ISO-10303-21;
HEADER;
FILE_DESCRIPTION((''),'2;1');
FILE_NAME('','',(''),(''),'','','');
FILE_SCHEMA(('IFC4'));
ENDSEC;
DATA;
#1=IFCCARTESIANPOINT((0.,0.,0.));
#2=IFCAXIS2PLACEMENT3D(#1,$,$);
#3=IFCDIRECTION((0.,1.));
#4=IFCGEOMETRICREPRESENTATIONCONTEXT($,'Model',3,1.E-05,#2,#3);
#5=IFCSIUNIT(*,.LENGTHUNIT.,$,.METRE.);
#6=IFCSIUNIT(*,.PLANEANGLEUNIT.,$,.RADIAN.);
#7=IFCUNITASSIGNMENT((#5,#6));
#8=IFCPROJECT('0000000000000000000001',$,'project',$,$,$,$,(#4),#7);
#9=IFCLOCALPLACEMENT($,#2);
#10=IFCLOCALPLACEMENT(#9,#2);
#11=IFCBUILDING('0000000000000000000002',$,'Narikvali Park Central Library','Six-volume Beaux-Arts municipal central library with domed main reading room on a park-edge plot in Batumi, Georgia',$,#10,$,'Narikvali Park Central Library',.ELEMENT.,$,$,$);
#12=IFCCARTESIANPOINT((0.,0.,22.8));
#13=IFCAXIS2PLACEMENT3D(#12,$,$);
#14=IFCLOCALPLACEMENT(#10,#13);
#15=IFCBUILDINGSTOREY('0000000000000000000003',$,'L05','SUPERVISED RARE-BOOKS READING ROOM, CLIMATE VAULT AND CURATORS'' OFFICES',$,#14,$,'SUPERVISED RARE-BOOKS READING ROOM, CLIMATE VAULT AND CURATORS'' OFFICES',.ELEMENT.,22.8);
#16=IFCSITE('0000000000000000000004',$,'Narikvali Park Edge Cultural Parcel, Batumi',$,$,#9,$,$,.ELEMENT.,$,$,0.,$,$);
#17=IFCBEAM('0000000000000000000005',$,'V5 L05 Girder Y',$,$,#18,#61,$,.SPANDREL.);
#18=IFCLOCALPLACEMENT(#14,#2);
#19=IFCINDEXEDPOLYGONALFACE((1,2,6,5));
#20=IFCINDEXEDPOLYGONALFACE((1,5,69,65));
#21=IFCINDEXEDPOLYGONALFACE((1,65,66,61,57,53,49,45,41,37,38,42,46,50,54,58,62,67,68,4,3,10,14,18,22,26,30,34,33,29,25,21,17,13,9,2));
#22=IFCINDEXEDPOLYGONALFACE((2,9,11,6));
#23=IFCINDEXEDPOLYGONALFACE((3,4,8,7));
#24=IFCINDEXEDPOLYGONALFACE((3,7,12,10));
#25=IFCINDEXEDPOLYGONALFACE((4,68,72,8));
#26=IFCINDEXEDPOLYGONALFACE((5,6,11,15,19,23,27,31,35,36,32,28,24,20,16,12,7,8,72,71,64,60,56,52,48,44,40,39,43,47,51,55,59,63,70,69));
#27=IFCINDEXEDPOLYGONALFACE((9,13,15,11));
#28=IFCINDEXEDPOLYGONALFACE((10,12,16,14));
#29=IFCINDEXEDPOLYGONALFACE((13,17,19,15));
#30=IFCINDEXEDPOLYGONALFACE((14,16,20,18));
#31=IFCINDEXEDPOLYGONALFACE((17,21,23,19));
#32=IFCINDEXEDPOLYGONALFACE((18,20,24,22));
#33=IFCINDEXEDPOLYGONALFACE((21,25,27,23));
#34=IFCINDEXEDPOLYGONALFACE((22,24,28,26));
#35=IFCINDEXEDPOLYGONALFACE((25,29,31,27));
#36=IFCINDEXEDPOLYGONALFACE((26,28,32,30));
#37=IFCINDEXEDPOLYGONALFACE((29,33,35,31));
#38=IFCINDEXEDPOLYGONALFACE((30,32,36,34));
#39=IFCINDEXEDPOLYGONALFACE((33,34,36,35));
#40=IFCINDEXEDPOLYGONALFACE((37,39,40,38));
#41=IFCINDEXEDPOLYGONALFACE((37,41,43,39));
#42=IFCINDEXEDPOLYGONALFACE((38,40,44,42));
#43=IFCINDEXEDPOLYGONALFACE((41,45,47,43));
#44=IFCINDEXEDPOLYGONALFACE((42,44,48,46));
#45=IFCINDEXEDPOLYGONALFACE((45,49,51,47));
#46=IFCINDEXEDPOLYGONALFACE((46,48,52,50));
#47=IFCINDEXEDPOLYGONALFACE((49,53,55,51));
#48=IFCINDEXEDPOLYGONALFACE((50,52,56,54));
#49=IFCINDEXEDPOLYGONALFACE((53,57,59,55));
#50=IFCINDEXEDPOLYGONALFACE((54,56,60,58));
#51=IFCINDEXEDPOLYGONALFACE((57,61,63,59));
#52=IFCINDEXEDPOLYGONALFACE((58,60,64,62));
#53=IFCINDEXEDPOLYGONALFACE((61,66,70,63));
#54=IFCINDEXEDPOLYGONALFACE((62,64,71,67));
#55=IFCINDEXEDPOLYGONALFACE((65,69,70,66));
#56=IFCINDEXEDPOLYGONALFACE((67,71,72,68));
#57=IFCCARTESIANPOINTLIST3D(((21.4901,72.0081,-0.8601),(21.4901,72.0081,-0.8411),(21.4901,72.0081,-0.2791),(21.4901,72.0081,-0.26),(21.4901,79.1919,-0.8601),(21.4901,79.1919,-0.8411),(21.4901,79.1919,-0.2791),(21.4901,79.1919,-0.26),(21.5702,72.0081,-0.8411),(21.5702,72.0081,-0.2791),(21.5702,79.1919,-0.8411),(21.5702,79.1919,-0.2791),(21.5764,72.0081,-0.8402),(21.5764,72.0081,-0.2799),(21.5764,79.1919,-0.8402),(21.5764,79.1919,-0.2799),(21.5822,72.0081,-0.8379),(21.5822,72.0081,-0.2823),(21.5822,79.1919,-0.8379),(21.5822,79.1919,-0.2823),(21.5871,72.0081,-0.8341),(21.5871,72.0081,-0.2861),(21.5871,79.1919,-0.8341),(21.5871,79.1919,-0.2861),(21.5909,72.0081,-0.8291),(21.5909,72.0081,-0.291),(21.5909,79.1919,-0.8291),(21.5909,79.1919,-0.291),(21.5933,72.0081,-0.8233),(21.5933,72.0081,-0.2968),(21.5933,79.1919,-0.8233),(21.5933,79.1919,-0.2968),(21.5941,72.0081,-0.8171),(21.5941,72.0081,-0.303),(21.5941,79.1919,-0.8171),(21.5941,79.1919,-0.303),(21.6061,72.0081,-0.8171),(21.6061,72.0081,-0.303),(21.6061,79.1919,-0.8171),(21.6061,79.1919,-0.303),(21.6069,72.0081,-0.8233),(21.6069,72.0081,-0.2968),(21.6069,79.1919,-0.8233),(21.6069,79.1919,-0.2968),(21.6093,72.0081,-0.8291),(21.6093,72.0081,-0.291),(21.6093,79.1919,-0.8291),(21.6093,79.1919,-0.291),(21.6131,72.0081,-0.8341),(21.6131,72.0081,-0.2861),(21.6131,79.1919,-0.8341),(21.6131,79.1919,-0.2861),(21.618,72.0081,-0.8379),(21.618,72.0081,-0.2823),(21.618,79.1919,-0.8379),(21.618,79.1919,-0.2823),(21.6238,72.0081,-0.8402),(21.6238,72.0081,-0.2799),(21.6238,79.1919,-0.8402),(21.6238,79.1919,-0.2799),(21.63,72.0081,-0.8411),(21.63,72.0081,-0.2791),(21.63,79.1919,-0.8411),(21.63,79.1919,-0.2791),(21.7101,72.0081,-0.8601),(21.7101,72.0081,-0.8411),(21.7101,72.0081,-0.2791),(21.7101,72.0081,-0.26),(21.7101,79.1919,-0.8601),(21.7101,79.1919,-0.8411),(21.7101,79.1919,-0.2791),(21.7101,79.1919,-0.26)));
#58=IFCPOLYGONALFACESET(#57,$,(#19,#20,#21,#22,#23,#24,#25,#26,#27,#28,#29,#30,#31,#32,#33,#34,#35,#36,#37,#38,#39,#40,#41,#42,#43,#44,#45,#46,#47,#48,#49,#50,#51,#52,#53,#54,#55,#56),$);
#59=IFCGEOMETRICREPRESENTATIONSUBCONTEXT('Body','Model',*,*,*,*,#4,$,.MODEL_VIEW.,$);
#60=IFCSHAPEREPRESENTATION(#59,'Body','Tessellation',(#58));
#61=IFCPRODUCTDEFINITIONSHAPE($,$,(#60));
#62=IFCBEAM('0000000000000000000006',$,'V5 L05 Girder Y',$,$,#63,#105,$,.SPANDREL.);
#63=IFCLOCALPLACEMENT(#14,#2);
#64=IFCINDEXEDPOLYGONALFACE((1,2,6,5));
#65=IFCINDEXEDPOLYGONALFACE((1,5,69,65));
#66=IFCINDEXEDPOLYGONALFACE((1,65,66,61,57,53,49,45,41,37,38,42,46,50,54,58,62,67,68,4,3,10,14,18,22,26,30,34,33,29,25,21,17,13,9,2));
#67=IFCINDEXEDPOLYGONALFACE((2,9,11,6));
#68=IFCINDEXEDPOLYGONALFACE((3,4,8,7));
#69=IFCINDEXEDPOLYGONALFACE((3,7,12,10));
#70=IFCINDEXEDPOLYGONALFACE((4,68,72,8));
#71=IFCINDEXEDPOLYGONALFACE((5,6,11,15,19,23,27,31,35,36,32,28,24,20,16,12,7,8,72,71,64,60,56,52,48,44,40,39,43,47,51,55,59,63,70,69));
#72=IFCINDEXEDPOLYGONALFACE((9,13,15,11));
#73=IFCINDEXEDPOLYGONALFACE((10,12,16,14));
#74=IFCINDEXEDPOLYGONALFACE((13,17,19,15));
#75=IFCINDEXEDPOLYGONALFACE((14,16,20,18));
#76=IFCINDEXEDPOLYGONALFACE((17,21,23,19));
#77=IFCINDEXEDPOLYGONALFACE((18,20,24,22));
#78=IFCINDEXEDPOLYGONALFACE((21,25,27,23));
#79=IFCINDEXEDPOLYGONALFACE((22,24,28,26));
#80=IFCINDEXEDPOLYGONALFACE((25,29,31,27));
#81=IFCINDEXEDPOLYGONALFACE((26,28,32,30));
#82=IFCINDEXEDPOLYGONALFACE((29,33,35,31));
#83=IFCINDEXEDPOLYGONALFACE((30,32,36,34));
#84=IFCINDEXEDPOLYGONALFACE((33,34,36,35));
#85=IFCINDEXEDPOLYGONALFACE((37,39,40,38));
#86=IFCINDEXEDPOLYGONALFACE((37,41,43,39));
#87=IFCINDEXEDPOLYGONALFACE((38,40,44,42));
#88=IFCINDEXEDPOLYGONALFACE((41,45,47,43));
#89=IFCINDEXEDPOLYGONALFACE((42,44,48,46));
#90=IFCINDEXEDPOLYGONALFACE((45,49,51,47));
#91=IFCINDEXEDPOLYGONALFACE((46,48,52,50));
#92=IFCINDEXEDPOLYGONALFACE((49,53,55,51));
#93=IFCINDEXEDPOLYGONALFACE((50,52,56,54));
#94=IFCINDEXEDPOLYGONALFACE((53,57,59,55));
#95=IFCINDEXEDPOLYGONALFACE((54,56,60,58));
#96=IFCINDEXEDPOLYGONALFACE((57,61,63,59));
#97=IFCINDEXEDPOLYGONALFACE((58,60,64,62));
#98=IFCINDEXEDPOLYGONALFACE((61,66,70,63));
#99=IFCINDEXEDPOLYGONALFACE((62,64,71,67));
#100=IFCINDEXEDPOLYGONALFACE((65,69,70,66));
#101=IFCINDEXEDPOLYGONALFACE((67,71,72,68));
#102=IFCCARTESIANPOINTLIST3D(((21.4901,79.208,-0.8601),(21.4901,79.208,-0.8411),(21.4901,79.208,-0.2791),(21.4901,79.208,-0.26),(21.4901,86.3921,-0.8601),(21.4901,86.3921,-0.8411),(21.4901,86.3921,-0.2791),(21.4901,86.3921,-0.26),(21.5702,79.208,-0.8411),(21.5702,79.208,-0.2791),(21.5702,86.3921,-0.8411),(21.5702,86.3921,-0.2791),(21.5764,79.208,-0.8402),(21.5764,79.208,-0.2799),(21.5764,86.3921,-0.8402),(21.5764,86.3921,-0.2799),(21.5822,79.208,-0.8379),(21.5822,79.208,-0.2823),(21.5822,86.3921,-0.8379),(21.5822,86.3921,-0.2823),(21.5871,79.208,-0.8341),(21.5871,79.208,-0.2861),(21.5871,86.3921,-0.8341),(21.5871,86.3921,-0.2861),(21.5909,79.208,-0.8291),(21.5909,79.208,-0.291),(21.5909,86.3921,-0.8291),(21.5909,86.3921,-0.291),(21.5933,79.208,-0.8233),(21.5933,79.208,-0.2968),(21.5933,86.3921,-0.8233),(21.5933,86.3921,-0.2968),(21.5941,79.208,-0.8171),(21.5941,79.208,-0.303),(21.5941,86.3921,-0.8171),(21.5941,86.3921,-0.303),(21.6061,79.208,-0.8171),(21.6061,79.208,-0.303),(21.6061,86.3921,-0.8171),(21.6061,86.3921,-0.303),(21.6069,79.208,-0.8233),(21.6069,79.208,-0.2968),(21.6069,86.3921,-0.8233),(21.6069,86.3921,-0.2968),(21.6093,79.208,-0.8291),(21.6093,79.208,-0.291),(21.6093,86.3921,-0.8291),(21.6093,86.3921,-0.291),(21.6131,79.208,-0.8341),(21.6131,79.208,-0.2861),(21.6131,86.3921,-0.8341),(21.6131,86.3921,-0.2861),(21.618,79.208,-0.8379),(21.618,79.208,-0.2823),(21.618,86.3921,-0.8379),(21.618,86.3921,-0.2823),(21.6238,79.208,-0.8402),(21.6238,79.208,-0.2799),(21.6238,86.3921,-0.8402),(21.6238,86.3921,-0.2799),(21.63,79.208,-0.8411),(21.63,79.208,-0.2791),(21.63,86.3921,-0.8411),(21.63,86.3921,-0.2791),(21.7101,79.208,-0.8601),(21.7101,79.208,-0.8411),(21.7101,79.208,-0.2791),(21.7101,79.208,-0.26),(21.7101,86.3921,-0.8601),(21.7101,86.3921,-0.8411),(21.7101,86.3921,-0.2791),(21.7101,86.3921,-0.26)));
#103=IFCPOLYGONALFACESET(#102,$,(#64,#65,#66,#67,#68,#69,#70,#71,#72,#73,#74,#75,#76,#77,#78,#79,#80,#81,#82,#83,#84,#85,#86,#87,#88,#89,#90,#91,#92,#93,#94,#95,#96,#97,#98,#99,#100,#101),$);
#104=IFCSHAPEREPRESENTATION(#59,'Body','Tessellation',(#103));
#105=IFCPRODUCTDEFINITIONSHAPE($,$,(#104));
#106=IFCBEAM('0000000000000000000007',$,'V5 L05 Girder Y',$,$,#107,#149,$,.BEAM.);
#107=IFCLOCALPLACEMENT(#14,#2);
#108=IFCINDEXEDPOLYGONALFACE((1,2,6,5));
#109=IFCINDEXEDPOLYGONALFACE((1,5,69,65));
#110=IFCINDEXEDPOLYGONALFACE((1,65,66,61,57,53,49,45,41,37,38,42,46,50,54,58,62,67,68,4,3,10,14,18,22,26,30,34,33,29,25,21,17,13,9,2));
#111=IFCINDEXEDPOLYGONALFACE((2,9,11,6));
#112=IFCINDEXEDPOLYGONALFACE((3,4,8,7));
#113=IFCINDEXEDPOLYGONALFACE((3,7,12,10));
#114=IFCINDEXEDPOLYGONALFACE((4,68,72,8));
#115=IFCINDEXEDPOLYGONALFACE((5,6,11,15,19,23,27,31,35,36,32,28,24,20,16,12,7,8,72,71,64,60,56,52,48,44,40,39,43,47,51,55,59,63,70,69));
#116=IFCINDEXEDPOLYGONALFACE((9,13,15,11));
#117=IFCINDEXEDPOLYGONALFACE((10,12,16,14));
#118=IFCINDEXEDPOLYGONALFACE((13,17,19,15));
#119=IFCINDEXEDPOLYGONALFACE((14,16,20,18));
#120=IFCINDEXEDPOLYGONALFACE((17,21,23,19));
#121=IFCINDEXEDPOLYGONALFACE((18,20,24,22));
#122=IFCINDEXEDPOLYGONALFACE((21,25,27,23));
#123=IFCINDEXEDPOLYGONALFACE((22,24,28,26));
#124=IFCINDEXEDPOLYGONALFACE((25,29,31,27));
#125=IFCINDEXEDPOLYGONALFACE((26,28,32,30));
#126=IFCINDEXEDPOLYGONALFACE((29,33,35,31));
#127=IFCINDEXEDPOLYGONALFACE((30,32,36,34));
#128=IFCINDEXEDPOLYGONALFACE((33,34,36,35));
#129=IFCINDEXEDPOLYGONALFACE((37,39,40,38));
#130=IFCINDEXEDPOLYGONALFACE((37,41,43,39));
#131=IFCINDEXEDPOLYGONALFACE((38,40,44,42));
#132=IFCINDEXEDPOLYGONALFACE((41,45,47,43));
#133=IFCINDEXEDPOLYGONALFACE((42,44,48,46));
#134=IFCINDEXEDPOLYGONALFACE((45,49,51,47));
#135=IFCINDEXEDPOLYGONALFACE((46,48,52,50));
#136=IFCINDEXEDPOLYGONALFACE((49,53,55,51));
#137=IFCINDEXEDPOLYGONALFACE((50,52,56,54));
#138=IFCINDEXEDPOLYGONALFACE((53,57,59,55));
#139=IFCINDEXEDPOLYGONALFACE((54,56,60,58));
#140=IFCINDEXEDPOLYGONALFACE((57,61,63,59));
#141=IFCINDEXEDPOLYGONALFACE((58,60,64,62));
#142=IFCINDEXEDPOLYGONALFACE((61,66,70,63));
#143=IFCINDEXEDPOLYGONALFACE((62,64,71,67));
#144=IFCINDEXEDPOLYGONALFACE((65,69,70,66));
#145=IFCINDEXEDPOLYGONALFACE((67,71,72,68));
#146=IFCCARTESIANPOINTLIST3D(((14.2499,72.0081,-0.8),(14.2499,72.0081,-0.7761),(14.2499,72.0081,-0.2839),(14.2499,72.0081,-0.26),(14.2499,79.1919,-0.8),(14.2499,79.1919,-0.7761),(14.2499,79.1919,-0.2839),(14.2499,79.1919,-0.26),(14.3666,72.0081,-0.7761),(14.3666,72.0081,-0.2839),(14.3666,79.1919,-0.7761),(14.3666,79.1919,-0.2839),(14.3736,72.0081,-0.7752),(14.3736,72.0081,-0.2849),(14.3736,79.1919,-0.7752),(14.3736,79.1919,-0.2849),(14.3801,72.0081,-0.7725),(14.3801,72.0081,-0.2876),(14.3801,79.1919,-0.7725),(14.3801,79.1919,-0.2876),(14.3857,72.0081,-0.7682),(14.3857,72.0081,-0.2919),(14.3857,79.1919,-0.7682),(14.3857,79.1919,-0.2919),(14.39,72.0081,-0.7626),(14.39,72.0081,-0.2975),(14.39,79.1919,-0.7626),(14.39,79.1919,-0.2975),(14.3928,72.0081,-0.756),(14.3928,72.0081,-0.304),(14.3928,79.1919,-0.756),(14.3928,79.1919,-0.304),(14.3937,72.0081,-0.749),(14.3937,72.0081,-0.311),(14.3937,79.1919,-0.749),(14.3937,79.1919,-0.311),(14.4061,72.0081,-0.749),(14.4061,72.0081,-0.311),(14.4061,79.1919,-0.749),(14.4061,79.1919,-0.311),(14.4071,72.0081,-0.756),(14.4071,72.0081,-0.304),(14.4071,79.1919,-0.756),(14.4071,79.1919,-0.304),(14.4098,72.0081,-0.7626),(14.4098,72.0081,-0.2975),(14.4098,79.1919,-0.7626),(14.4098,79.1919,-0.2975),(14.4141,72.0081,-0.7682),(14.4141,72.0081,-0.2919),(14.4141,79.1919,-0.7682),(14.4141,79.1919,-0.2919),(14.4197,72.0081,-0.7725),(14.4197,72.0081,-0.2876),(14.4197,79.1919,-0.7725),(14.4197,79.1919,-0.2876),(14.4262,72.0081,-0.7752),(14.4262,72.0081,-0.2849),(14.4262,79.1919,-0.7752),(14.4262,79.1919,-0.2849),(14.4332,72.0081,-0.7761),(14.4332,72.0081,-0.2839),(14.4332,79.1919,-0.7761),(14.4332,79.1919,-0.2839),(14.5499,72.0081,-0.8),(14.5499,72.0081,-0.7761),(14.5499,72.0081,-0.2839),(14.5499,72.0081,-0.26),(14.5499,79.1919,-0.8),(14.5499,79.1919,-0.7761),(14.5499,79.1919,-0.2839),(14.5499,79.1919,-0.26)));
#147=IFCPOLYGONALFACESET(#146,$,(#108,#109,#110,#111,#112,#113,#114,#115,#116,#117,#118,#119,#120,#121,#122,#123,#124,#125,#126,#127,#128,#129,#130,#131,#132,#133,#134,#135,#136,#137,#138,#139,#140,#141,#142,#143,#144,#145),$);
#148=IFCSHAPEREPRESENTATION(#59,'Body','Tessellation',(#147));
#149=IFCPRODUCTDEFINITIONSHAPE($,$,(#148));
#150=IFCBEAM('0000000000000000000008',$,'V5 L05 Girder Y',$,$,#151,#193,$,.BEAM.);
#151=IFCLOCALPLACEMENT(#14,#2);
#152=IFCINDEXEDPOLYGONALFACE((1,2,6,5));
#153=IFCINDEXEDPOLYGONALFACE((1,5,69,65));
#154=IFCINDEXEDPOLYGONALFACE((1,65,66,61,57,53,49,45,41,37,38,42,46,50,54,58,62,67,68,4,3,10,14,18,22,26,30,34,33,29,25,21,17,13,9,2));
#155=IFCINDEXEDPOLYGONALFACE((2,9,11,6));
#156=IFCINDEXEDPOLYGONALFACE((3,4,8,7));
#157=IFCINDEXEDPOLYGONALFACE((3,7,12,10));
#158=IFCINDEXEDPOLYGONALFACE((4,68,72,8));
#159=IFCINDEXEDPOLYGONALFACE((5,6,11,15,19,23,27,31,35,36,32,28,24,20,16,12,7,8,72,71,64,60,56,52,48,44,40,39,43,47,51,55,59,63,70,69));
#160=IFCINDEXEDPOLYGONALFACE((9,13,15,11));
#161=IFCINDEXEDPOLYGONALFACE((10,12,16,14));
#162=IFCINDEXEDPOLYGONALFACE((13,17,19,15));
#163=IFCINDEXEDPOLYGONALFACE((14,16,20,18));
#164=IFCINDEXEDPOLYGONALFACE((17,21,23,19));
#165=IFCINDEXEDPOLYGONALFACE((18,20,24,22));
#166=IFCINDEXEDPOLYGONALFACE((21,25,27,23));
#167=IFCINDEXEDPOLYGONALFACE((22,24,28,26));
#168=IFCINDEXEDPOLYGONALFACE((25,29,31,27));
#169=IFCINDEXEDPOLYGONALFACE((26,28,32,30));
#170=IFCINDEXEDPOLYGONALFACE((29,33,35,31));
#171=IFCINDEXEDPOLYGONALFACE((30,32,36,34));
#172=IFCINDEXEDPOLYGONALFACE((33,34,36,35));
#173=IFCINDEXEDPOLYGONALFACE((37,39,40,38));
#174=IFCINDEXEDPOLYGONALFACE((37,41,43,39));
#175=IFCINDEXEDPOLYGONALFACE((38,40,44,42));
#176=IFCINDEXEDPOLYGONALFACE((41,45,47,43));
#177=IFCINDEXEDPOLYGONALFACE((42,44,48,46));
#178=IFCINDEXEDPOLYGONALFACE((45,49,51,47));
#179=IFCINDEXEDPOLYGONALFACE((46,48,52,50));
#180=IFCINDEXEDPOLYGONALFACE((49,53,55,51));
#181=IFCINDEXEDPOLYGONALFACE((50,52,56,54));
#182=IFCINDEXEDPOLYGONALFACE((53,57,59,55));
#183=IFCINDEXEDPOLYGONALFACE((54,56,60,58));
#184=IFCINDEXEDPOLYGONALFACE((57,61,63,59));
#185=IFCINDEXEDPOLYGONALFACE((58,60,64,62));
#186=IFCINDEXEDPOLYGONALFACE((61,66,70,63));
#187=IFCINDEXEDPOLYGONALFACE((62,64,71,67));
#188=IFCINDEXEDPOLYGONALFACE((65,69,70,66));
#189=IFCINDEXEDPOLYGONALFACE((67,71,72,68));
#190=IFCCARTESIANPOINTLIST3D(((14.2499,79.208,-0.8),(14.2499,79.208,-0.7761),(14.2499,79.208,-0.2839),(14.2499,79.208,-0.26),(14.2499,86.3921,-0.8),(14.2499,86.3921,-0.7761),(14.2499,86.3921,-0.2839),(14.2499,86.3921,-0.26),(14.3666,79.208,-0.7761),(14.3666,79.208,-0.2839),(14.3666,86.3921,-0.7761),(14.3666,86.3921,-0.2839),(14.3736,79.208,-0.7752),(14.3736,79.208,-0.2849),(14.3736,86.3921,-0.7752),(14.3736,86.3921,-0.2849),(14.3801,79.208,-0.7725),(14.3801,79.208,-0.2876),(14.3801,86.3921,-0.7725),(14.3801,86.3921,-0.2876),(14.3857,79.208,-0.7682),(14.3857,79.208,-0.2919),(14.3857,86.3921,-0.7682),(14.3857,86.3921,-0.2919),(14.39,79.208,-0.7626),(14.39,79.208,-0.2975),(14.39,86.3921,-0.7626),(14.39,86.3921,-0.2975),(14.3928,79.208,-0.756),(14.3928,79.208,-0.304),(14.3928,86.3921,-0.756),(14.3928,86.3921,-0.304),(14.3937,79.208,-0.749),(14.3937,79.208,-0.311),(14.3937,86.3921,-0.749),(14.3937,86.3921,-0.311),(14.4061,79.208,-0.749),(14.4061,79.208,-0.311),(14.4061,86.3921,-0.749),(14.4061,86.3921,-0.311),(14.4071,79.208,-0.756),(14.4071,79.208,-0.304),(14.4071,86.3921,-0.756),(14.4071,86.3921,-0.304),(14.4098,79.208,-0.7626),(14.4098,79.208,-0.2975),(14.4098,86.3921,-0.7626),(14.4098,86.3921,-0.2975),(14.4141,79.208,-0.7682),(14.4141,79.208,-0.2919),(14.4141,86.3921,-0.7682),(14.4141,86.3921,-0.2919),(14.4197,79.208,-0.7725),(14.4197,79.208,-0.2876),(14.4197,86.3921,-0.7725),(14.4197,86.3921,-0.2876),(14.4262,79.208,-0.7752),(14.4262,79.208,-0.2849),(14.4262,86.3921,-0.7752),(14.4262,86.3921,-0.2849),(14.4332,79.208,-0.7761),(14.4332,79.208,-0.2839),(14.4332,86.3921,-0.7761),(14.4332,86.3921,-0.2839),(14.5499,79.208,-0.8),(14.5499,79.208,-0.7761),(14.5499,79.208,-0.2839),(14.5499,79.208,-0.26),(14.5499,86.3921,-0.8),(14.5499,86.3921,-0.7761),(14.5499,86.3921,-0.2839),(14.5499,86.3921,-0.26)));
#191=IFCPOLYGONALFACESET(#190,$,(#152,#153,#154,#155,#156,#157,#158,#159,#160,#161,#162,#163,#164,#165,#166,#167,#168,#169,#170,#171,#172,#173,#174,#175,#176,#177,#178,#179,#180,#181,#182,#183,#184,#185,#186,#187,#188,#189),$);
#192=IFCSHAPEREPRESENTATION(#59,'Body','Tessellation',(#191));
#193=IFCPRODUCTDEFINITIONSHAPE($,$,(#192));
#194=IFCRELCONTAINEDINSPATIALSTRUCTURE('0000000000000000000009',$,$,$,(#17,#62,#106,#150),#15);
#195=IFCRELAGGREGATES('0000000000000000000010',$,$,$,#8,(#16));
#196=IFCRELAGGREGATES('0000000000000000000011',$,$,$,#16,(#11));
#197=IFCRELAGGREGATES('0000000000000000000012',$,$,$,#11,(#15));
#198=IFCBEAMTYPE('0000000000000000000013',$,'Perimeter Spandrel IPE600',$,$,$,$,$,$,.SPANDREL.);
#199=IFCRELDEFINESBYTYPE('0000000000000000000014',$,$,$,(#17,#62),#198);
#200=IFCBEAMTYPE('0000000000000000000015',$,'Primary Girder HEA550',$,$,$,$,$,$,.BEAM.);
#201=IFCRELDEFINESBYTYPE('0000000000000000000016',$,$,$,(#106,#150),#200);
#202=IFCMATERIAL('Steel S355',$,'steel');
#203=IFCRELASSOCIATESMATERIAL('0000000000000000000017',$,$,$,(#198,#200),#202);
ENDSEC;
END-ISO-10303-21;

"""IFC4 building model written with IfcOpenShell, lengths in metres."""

from ifc_helpers import new_model, si_unit, direction, frame, origin, origin_2d, place, context, subcontext, project, spatial, i_section, extrude, material, material_profile, profile_set, type_object, element, save


model = new_model("IFC4")

# Units and contexts
model_context = context("Model", 3, precision=1e-05, world=origin(), true_north=direction((0.0, 1.0)))
body_context = subcontext(model_context, "Body", "Model", "MODEL_VIEW")
ifc_project = project(units=[si_unit("LENGTHUNIT", "METRE"), si_unit("PLANEANGLEUNIT", "RADIAN")], contexts=[model_context])

# Site, building, storey
site_placement = place(None, origin())
site = spatial("IfcSite", under=ifc_project, at=site_placement, Name="Narikvali Park Edge Cultural Parcel, Batumi", CompositionType="ELEMENT", RefElevation=0.0)
building_placement = place(site_placement, origin())
building = spatial("IfcBuilding", under=site, at=building_placement, Name="Narikvali Park Central Library", Description="Six-volume Beaux-Arts municipal central library with domed main reading room on a park-edge plot in Batumi, Georgia", LongName="Narikvali Park Central Library", CompositionType="ELEMENT")
storey_placement = place(building_placement, frame((0.0, 0.0, 22.8)))
storey = spatial("IfcBuildingStorey", under=building, at=storey_placement, Name="L05", Description="SUPERVISED RARE-BOOKS READING ROOM, CLIMATE VAULT AND CURATORS' OFFICES", LongName="SUPERVISED RARE-BOOKS READING ROOM, CLIMATE VAULT AND CURATORS' OFFICES", CompositionType="ELEMENT", Elevation=22.8)

# Shared definitions
ifc_material_1 = material(Name="Steel S355", Category="steel")

# Beams
ifc_material_profile_1 = material_profile(ifc_material_1, i_section(OverallWidth=0.22, OverallDepth=0.6001, WebThickness=0.012, FlangeThickness=0.019, FilletRadius=0.0239, at=origin_2d()), Name="IPE 600")
ifc_profile_set_1 = profile_set([ifc_material_profile_1], Name="Steel S355")
beam_type_1 = type_object("IfcBeamType", Name="Perimeter Spandrel IPE600", PredefinedType="SPANDREL", material=ifc_profile_set_1)
beam_1_placement = place(storey_placement, frame((21.6001, 72.0081, -0.5601), z_axis=(0.0, 1.0, 0.0), x_axis=(-1.0, 0.0, 0.0)))
element("IfcBeam", 1, at=beam_1_placement, inside=storey, type_object=beam_type_1, Name="V5 L05 Girder Y", PredefinedType="SPANDREL", context=body_context, shape_type="SweptSolid", body=[
    extrude(i_section(OverallWidth=0.22, OverallDepth=0.6001, WebThickness=0.012, FlangeThickness=0.019, FilletRadius=0.0239, at=origin_2d()), origin(), (0.0, 0.0, 1.0), 7.1838),
])
beam_2_placement = place(storey_placement, frame((21.6001, 79.208, -0.5601), z_axis=(0.0, 1.0, 0.0), x_axis=(-1.0, 0.0, 0.0)))
element("IfcBeam", 2, at=beam_2_placement, inside=storey, type_object=beam_type_1, Name="V5 L05 Girder Y", PredefinedType="SPANDREL", context=body_context, shape_type="SweptSolid", body=[
    extrude(i_section(OverallWidth=0.22, OverallDepth=0.6001, WebThickness=0.012, FlangeThickness=0.019, FilletRadius=0.0239, at=origin_2d()), origin(), (0.0, 0.0, 1.0), 7.1841),
])
ifc_material_profile_2 = material_profile(ifc_material_1, i_section(OverallWidth=0.3, OverallDepth=0.54, WebThickness=0.0125, FlangeThickness=0.0239, FilletRadius=0.0271, at=origin_2d()), Name="HEA 550")
ifc_profile_set_2 = profile_set([ifc_material_profile_2], Name="Steel S355")
beam_type_2 = type_object("IfcBeamType", Name="Primary Girder HEA550", PredefinedType="BEAM", material=ifc_profile_set_2)
beam_3_placement = place(storey_placement, frame((14.3999, 72.0081, -0.53), z_axis=(0.0, 1.0, 0.0), x_axis=(-1.0, 0.0, 0.0)))
element("IfcBeam", 3, at=beam_3_placement, inside=storey, type_object=beam_type_2, Name="V5 L05 Girder Y", PredefinedType="BEAM", context=body_context, shape_type="SweptSolid", body=[
    extrude(i_section(OverallWidth=0.3, OverallDepth=0.54, WebThickness=0.0125, FlangeThickness=0.0239, FilletRadius=0.0271, at=origin_2d()), origin(), (0.0, 0.0, 1.0), 7.1838),
])
for number, where, z_axis, x_axis, name in (
    (4, (14.3999, 79.208, -0.53), (0.0, 1.0, 0.0), (-1.0, 0.0, 0.0), "V5 L05 Girder Y"),
):
    element("IfcBeam", number, at=place(storey_placement, frame(where, z_axis=z_axis, x_axis=x_axis)), inside=storey, type_object=beam_type_2, Name=name, PredefinedType="BEAM", context=body_context, shape_type="SweptSolid", body=[
        extrude(i_section(OverallWidth=0.3, OverallDepth=0.54, WebThickness=0.0125, FlangeThickness=0.0239, FilletRadius=0.0271, at=origin_2d()), origin(), (0.0, 0.0, 1.0), 7.1841),
    ])

save(model, "model.ifc")
